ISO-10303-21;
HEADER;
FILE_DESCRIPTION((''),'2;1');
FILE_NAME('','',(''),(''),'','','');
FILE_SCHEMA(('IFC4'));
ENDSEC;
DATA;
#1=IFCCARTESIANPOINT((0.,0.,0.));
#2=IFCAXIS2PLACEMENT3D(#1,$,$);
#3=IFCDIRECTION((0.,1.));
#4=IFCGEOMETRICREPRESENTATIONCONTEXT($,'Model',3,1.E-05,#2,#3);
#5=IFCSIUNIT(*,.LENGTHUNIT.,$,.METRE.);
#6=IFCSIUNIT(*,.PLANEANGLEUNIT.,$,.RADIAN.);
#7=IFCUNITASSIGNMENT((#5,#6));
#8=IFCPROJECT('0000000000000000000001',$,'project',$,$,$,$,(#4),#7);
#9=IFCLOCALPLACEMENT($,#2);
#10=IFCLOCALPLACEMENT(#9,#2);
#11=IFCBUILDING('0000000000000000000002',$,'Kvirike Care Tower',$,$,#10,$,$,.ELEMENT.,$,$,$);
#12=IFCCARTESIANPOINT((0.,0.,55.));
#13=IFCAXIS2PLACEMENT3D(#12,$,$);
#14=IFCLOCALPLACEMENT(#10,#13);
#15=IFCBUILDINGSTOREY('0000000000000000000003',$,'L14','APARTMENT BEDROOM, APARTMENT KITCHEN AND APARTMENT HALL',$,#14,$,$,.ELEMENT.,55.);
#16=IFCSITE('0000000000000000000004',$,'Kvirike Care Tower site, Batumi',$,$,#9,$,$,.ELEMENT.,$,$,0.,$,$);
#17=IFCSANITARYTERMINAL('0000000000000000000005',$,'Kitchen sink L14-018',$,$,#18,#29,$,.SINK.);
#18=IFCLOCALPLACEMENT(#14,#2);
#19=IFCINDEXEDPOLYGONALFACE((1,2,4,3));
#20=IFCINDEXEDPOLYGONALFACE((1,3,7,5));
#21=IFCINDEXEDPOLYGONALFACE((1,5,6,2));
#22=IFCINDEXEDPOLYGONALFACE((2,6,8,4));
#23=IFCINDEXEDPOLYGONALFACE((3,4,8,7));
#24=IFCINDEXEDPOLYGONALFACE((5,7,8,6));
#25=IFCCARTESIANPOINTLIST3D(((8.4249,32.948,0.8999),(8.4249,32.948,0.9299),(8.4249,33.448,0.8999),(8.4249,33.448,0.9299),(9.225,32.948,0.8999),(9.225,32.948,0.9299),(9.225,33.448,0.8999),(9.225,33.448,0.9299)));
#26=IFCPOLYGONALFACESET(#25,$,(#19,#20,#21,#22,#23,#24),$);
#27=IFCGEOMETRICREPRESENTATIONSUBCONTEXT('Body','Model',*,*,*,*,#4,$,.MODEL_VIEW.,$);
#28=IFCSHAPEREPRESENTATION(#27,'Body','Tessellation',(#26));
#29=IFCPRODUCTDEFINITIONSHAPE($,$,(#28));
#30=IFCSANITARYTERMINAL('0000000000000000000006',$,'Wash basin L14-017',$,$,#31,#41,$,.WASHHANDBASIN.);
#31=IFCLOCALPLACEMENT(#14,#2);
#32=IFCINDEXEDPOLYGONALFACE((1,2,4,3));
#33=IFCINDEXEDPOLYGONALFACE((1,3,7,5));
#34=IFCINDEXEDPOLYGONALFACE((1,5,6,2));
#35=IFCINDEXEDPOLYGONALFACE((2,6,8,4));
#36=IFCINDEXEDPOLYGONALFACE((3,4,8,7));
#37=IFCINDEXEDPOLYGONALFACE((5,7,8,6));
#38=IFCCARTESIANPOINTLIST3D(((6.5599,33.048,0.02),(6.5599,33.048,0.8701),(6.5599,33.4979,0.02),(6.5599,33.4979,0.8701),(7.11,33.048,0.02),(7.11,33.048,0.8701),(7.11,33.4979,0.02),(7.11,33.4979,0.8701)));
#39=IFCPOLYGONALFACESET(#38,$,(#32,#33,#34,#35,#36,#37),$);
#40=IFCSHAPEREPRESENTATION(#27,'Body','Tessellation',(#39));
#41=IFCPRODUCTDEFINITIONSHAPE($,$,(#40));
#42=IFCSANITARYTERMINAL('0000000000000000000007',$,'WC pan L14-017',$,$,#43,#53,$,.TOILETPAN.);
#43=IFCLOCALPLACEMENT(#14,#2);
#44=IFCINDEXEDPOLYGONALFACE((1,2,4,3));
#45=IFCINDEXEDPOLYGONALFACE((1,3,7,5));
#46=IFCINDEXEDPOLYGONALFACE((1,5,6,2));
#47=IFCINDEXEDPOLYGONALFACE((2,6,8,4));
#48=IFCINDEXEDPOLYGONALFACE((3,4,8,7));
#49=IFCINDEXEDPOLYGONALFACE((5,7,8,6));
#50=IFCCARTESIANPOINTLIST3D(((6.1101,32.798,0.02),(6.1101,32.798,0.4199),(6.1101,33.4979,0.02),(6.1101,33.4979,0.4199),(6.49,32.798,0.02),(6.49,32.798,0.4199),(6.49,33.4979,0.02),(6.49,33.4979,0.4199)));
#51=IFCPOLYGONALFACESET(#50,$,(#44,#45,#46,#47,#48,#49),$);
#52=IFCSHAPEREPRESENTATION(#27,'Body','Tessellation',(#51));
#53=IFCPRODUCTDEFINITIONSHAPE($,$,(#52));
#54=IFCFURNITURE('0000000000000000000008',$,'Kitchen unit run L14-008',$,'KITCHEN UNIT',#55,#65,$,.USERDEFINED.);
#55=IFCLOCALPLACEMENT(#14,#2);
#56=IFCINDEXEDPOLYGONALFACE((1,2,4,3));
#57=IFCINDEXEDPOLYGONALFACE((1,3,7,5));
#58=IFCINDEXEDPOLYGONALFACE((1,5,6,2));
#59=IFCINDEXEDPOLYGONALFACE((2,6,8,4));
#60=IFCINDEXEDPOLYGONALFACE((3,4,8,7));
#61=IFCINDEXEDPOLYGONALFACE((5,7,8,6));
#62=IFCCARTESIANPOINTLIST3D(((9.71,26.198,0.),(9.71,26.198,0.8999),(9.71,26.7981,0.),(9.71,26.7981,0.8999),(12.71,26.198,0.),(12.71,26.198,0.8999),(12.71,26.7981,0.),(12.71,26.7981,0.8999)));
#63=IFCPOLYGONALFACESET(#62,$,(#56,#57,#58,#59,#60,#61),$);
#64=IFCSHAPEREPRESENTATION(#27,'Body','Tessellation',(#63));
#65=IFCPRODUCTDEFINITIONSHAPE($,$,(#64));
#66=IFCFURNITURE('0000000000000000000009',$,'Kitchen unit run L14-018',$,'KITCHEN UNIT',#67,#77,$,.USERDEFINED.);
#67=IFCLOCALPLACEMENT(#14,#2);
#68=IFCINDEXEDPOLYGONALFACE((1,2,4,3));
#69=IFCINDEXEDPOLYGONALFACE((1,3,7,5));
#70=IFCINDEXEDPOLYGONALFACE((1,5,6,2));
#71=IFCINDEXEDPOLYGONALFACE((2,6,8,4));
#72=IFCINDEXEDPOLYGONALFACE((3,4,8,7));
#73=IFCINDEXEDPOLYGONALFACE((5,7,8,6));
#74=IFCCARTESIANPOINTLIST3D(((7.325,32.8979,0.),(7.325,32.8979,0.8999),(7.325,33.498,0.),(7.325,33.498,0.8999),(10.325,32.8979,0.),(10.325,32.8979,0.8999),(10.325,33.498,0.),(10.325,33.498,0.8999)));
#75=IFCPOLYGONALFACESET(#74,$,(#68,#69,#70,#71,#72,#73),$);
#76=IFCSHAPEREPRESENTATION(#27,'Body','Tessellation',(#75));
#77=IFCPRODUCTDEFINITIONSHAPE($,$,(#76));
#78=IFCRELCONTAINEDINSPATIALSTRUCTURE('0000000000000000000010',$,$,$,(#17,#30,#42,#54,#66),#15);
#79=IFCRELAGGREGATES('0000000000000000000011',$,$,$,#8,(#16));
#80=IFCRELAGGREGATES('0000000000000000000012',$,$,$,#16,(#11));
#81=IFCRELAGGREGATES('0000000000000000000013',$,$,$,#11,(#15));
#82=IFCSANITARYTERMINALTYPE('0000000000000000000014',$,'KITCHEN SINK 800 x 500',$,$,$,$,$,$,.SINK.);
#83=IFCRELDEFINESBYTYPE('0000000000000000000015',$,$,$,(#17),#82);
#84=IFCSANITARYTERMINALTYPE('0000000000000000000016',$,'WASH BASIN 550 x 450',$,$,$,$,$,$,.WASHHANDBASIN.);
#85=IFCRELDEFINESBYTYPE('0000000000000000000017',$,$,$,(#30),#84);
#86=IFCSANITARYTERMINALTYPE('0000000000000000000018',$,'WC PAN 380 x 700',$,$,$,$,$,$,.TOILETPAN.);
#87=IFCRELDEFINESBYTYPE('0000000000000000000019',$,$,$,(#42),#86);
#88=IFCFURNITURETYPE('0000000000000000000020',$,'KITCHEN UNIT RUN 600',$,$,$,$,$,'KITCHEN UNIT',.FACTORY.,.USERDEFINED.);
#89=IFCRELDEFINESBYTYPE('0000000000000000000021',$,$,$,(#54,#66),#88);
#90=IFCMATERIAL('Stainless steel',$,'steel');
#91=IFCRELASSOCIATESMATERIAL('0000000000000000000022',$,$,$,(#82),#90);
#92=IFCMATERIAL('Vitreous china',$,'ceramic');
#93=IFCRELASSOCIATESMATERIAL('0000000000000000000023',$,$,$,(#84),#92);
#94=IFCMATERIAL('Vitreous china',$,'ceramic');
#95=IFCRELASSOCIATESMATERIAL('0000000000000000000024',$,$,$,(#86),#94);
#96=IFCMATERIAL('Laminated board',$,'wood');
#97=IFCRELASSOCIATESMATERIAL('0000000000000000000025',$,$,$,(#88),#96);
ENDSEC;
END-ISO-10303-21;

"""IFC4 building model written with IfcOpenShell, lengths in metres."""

from ifc_helpers import new_model, si_unit, direction, frame, origin, origin_2d, place, context, subcontext, project, spatial, rectangle, extrude, material, type_object, element, save


model = new_model("IFC4")

# Units and contexts
model_context = context("Model", 3, precision=1e-05, world=origin(), true_north=direction((0.0, 1.0)))
body_context = subcontext(model_context, "Body", "Model", "MODEL_VIEW")
ifc_project = project(units=[si_unit("LENGTHUNIT", "METRE"), si_unit("PLANEANGLEUNIT", "RADIAN")], contexts=[model_context])

# Site, building, storey
site_placement = place(None, origin())
site = spatial("IfcSite", under=ifc_project, at=site_placement, Name="Kvirike Care Tower site, Batumi", CompositionType="ELEMENT", RefElevation=0.0)
building_placement = place(site_placement, origin())
building = spatial("IfcBuilding", under=site, at=building_placement, Name="Kvirike Care Tower", CompositionType="ELEMENT")
storey_placement = place(building_placement, frame((0.0, 0.0, 55.0)))
storey = spatial("IfcBuildingStorey", under=building, at=storey_placement, Name="L14", Description="APARTMENT BEDROOM, APARTMENT KITCHEN AND APARTMENT HALL", CompositionType="ELEMENT", Elevation=55.0)

# Sanitary terminals
ifc_material_1 = material(Name="Stainless steel", Category="steel")
sanitary_terminal_type_1 = type_object("IfcSanitaryTerminalType", Name="KITCHEN SINK 800 x 500", PredefinedType="SINK", material=ifc_material_1)
for number, where, z_axis, x_axis, name in (
    (1, (8.825, 33.198, 0.8999), (0.0, 0.0, 1.0), (1.0, 0.0, 0.0), "Kitchen sink L14-018"),
):
    element("IfcSanitaryTerminal", number, at=place(storey_placement, frame(where, z_axis=z_axis, x_axis=x_axis)), inside=storey, type_object=sanitary_terminal_type_1, Name=name, PredefinedType="SINK", context=body_context, shape_type="SweptSolid", body=[
        extrude(rectangle(XDim=0.8, YDim=0.5, at=origin_2d()), origin(), (0.0, 0.0, 1.0), 0.03),
    ])
ifc_material_2 = material(Name="Vitreous china", Category="ceramic")
sanitary_terminal_type_2 = type_object("IfcSanitaryTerminalType", Name="WASH BASIN 550 x 450", PredefinedType="WASHHANDBASIN", material=ifc_material_2)
sanitary_terminal_1_placement = place(storey_placement, frame((6.835, 33.2729, 0.02), z_axis=(0.0, 0.0, 1.0), x_axis=(1.0, 0.0, 0.0)))
element("IfcSanitaryTerminal", 2, at=sanitary_terminal_1_placement, inside=storey, type_object=sanitary_terminal_type_2, Name="Wash basin L14-017", PredefinedType="WASHHANDBASIN", context=body_context, shape_type="SweptSolid", body=[
    extrude(rectangle(XDim=0.55, YDim=0.45, at=origin_2d()), origin(), (0.0, 0.0, 1.0), 0.8501),
])
ifc_material_3 = material(Name="Vitreous china", Category="ceramic")
sanitary_terminal_type_3 = type_object("IfcSanitaryTerminalType", Name="WC PAN 380 x 700", PredefinedType="TOILETPAN", material=ifc_material_3)
sanitary_terminal_2_placement = place(storey_placement, frame((6.3, 33.1479, 0.02), z_axis=(0.0, 0.0, 1.0), x_axis=(1.0, 0.0, 0.0)))
element("IfcSanitaryTerminal", 3, at=sanitary_terminal_2_placement, inside=storey, type_object=sanitary_terminal_type_3, Name="WC pan L14-017", PredefinedType="TOILETPAN", context=body_context, shape_type="SweptSolid", body=[
    extrude(rectangle(XDim=0.3799, YDim=0.7, at=origin_2d()), origin(), (0.0, 0.0, 1.0), 0.3999),
])

# Furniture
ifc_material_4 = material(Name="Laminated board", Category="wood")
furniture_type = type_object("IfcFurnitureType", Name="KITCHEN UNIT RUN 600", ElementType="KITCHEN UNIT", AssemblyPlace="FACTORY", PredefinedType="USERDEFINED", material=ifc_material_4)
for number, where, z_axis, x_axis, name in (
    (4, (11.21, 26.498, 0.0), (0.0, 0.0, 1.0), (1.0, 0.0, 0.0), "Kitchen unit run L14-008"),
    (5, (8.825, 33.198, 0.0), (0.0, 0.0, 1.0), (1.0, 0.0, 0.0), "Kitchen unit run L14-018"),
):
    element("IfcFurniture", number, at=place(storey_placement, frame(where, z_axis=z_axis, x_axis=x_axis)), inside=storey, type_object=furniture_type, Name=name, ObjectType="KITCHEN UNIT", PredefinedType="USERDEFINED", context=body_context, shape_type="SweptSolid", body=[
        extrude(rectangle(XDim=3.0, YDim=0.6001, at=origin_2d()), origin(), (0.0, 0.0, 1.0), 0.8999),
    ])

save(model, "model.ifc")
